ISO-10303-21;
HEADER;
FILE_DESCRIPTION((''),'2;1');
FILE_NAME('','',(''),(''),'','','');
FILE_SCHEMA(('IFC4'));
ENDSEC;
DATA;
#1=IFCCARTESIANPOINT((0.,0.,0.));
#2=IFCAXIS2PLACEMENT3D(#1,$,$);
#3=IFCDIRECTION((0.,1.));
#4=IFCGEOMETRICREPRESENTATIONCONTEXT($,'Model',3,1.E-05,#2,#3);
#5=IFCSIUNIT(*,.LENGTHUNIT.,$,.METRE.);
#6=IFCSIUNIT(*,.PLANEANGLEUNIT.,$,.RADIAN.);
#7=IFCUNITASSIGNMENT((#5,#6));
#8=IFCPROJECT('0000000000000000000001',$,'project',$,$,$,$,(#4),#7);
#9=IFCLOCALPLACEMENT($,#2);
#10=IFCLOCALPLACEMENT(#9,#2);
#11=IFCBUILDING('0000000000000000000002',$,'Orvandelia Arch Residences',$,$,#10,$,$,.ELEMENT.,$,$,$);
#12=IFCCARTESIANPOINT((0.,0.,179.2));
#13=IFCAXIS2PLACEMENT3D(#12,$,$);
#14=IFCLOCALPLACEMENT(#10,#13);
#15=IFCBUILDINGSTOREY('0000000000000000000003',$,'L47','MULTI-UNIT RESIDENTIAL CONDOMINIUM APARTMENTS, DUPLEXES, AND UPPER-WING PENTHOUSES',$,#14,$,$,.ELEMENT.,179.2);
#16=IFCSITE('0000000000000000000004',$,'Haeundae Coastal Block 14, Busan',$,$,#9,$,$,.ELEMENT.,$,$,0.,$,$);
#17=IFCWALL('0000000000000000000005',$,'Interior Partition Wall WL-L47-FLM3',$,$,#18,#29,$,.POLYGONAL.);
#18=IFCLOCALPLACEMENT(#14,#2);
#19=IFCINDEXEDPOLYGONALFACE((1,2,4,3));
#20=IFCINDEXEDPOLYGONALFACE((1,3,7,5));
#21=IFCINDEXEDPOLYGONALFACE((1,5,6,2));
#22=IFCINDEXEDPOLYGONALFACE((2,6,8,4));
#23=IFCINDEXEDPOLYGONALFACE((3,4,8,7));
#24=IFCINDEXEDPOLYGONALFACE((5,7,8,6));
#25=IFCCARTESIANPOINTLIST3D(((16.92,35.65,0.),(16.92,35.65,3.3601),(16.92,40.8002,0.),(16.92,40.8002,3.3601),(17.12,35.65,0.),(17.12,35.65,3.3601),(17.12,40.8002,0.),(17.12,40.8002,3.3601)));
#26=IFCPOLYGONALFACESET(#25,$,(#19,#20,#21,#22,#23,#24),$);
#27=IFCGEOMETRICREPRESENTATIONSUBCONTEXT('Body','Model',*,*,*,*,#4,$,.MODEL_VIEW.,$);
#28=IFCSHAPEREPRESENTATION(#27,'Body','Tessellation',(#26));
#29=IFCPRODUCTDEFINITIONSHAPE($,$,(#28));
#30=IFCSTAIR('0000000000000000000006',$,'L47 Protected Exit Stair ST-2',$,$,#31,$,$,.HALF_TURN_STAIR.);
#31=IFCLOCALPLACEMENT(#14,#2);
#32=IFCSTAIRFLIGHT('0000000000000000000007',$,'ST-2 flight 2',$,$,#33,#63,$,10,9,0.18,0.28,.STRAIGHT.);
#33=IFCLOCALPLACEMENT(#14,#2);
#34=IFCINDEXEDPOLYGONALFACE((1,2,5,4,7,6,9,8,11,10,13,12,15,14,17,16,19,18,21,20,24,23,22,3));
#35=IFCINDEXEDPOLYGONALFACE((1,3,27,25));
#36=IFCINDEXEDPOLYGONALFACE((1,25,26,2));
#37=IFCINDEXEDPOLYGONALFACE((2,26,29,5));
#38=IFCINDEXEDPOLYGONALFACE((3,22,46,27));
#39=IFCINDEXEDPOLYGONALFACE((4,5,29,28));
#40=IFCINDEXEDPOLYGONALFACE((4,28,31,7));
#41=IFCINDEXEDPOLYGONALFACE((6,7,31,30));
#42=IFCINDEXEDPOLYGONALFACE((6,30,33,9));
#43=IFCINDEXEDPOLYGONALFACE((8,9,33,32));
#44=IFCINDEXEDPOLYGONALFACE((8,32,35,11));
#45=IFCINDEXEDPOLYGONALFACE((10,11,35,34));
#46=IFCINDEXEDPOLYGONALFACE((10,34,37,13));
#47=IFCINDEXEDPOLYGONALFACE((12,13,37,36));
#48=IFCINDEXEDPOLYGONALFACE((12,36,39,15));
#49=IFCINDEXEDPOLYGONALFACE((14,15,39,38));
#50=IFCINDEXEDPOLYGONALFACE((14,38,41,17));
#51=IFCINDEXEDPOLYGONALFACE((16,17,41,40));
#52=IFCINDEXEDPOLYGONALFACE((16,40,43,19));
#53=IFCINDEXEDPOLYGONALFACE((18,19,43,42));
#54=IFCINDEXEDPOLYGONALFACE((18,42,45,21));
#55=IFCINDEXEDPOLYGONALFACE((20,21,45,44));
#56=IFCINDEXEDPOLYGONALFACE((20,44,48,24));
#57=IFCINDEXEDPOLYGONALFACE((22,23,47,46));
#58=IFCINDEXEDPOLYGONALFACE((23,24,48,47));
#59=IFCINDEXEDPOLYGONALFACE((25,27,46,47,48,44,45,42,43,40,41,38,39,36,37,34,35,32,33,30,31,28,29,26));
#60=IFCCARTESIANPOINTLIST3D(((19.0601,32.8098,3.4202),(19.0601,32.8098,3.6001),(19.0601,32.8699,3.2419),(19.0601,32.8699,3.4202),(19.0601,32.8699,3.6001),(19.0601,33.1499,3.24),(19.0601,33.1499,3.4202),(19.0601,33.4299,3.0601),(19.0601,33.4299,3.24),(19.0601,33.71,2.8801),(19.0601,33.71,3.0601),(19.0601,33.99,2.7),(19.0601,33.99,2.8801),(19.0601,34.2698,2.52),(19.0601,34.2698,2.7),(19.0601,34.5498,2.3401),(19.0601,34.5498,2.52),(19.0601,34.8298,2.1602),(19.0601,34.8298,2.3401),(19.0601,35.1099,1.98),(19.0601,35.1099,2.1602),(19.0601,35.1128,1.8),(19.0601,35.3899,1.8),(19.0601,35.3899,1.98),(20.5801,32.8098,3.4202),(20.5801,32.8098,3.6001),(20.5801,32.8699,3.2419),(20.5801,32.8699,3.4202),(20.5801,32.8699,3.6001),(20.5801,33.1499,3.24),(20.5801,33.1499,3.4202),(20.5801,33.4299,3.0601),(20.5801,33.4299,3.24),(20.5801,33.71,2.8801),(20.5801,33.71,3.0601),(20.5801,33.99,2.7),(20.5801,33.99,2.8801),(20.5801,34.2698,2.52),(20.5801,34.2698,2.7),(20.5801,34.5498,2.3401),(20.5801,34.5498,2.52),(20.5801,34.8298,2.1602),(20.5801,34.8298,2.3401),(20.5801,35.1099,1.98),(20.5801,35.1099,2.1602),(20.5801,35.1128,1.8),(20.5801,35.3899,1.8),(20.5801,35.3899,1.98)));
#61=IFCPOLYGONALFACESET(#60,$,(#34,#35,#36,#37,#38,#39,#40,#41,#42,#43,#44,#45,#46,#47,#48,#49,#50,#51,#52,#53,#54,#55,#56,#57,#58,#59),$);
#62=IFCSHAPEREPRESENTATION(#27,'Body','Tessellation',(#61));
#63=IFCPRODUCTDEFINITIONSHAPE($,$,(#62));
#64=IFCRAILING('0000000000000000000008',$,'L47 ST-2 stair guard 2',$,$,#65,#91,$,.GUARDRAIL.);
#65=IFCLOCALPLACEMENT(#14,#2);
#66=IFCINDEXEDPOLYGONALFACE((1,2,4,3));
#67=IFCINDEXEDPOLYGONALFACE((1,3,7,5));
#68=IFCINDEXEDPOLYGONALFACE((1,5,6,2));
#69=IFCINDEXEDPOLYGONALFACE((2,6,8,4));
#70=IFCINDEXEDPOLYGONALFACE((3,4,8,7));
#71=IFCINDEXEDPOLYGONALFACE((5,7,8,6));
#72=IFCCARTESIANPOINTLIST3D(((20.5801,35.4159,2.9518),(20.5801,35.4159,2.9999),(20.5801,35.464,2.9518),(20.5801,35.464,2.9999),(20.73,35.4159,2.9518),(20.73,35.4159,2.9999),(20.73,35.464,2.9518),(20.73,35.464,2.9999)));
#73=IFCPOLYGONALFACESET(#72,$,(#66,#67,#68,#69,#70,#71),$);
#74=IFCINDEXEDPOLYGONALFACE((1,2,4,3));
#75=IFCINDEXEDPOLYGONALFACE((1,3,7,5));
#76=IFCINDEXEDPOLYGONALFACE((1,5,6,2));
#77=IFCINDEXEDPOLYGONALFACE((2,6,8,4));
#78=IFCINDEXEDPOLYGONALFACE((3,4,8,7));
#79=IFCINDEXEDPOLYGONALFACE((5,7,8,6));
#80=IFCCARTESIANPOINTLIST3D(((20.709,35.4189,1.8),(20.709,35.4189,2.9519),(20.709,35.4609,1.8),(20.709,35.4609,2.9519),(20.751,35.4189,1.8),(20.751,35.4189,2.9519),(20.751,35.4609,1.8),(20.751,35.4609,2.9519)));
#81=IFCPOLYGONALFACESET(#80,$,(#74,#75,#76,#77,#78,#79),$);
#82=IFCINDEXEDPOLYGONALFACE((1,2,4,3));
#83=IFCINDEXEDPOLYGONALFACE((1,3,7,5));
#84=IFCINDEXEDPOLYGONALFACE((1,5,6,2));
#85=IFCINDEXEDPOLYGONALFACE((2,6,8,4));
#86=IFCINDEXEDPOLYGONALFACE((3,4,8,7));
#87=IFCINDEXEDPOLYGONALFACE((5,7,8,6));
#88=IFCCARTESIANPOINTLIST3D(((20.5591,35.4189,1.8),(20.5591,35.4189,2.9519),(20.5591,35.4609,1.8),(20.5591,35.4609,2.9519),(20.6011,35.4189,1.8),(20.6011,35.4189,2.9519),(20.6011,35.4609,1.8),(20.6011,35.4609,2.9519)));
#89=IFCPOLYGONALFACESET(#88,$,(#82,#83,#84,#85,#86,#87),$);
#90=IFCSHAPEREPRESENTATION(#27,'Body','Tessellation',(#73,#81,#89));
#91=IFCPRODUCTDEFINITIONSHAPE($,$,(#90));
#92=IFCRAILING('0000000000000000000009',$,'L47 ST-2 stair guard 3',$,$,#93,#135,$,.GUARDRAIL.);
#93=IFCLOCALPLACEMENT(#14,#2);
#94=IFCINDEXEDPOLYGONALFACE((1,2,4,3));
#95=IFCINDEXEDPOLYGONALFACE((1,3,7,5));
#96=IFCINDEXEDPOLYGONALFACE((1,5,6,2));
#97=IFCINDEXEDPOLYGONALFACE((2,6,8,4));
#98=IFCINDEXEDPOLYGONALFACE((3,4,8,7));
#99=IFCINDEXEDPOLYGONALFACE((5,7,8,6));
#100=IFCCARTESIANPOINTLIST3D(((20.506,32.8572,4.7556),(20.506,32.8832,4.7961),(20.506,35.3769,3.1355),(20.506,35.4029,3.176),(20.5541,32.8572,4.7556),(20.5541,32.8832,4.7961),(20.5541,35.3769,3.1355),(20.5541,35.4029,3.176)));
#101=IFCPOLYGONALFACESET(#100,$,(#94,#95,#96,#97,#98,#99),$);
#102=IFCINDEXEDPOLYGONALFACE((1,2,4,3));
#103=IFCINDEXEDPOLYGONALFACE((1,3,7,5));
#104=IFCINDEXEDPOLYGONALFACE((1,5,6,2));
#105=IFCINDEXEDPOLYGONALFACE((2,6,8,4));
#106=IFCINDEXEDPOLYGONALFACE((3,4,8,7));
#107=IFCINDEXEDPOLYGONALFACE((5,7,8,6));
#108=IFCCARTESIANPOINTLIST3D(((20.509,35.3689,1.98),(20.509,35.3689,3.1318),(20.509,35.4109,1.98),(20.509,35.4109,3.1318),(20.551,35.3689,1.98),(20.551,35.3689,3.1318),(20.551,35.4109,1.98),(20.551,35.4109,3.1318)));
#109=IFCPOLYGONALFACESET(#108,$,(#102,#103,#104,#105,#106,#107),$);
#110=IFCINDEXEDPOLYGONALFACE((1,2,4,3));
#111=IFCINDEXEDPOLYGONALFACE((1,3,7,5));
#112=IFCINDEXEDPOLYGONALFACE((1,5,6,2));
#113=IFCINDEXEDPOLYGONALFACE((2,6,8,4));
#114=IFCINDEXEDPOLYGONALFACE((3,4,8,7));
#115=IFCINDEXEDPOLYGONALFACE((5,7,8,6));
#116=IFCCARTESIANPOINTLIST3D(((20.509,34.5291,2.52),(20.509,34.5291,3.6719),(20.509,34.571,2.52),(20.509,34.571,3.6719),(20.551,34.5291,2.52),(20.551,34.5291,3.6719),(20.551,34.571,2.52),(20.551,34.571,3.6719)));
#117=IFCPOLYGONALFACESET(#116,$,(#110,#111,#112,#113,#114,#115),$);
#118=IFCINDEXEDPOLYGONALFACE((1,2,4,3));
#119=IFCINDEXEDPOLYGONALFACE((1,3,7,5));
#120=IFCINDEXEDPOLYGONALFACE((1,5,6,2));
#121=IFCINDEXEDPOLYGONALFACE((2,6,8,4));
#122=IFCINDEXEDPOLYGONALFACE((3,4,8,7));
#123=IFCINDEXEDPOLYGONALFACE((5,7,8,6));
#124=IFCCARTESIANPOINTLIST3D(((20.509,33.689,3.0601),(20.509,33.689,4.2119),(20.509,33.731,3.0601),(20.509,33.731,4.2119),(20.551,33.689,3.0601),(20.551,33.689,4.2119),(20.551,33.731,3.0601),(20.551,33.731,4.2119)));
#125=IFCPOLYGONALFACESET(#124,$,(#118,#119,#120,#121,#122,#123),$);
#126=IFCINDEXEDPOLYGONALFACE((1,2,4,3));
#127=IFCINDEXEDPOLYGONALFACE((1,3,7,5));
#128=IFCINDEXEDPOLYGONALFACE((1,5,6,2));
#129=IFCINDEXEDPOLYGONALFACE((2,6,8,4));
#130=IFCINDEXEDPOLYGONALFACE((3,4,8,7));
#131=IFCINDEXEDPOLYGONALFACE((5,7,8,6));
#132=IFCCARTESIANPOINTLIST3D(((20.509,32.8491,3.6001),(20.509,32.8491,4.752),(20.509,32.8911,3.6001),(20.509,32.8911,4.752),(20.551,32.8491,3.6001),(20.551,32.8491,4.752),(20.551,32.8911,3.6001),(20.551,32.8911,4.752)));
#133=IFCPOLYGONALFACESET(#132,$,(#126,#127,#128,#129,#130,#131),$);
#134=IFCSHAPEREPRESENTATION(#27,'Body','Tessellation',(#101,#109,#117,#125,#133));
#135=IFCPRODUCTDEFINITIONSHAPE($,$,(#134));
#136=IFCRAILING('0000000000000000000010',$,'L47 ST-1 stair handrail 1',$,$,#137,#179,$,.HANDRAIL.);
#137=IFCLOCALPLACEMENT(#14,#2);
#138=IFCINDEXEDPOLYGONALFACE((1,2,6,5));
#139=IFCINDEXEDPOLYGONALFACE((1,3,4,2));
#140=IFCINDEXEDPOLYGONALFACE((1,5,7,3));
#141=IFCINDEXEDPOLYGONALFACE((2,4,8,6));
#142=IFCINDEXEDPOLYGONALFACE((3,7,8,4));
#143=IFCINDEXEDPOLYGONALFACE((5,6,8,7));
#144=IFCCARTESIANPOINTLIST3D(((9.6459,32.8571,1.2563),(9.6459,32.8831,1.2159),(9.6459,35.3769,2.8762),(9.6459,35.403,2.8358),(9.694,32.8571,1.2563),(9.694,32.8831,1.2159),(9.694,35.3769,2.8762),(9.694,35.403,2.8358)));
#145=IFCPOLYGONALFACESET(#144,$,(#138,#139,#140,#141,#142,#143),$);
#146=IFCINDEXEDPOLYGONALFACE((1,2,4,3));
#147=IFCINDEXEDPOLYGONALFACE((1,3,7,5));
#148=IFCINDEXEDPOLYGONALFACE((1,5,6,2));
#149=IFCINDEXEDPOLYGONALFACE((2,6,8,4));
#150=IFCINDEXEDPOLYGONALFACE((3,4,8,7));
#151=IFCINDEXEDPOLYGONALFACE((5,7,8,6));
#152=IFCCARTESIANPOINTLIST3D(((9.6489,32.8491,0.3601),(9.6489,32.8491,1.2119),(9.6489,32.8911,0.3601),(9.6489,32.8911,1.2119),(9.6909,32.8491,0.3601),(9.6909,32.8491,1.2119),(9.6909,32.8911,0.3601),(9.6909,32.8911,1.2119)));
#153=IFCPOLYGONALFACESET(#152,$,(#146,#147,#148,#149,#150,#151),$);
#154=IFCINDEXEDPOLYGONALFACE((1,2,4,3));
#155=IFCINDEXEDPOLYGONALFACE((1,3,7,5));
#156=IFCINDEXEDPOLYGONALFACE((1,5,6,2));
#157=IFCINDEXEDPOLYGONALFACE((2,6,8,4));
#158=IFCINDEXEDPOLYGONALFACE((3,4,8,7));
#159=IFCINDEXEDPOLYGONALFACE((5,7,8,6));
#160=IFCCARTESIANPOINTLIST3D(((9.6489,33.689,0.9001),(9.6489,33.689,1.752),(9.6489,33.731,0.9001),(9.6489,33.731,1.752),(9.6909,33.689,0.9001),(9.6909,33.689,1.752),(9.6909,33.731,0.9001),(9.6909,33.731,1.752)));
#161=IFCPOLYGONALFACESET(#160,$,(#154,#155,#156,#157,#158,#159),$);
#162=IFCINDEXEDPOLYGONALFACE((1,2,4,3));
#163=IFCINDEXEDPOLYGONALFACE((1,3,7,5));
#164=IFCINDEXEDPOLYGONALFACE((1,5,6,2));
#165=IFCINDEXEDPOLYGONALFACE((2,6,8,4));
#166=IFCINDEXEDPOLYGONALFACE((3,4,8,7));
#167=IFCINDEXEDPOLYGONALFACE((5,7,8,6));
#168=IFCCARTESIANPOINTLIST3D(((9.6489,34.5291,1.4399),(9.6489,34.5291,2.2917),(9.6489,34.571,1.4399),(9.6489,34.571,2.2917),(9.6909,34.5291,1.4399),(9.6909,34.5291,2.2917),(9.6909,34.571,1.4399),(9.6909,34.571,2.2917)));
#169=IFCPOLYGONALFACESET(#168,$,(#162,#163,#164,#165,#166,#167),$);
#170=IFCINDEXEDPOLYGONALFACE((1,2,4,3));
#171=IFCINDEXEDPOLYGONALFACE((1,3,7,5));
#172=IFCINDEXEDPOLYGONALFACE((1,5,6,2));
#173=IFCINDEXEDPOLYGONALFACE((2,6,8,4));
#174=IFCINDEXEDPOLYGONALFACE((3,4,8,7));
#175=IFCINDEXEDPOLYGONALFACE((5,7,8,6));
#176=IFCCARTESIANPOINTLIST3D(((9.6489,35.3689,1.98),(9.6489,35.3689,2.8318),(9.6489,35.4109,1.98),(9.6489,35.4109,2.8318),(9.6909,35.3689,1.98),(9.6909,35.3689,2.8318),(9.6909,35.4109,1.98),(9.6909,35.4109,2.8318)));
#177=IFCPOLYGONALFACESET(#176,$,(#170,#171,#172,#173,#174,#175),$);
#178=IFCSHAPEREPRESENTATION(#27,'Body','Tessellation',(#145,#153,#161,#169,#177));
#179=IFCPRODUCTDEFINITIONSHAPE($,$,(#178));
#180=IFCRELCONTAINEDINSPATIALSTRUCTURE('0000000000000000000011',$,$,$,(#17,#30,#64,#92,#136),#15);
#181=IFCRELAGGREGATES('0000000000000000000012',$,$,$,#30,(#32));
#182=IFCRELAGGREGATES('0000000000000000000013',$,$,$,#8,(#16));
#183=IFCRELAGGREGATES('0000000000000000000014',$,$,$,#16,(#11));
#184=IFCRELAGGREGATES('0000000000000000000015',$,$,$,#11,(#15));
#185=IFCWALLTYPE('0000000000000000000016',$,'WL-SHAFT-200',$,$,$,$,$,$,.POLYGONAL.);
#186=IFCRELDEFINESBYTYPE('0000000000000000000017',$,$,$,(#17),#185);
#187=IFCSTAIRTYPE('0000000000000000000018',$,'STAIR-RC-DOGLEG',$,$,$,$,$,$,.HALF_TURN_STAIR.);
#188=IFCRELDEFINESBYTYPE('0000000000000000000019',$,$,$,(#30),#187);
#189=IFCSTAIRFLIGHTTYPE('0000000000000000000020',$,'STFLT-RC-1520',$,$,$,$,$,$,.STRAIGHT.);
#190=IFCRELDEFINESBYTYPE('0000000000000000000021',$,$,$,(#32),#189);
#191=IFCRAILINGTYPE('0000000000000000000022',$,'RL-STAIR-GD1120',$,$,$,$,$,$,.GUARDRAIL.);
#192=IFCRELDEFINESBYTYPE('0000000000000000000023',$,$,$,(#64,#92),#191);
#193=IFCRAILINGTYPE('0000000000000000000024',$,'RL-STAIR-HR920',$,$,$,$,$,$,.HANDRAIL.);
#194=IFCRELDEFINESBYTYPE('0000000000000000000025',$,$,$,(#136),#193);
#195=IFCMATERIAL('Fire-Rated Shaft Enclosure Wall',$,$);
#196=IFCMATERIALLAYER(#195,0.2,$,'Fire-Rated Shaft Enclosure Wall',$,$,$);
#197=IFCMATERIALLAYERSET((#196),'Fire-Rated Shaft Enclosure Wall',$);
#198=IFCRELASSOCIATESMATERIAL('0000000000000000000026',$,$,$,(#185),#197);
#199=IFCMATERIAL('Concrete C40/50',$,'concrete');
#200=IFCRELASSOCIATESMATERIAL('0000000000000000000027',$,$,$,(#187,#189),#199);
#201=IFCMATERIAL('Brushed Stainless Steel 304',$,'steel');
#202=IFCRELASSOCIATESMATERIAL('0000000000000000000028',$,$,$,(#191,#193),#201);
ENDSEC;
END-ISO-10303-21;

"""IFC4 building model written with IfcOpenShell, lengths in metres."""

from ifc_helpers import new_model, si_unit, direction, frame, frame_2d, origin, origin_2d, place, context, subcontext, project, spatial, polyline, rectangle, outline, extrude, material, layer, layer_set, type_object, element, aggregate, save


model = new_model("IFC4")

# Units and contexts
model_context = context("Model", 3, precision=1e-05, world=origin(), true_north=direction((0.0, 1.0)))
body_context = subcontext(model_context, "Body", "Model", "MODEL_VIEW")
ifc_project = project(units=[si_unit("LENGTHUNIT", "METRE"), si_unit("PLANEANGLEUNIT", "RADIAN")], contexts=[model_context])

# Site, building, storey
site_placement = place(None, origin())
site = spatial("IfcSite", under=ifc_project, at=site_placement, Name="Haeundae Coastal Block 14, Busan", CompositionType="ELEMENT", RefElevation=0.0)
building_placement = place(site_placement, origin())
building = spatial("IfcBuilding", under=site, at=building_placement, Name="Orvandelia Arch Residences", CompositionType="ELEMENT")
storey_placement = place(building_placement, frame((0.0, 0.0, 179.2)))
storey = spatial("IfcBuildingStorey", under=building, at=storey_placement, Name="L47", Description="MULTI-UNIT RESIDENTIAL CONDOMINIUM APARTMENTS, DUPLEXES, AND UPPER-WING PENTHOUSES", CompositionType="ELEMENT", Elevation=179.2)

# Wall
ifc_material_1 = material(Name="Fire-Rated Shaft Enclosure Wall")
ifc_layer_1 = layer(ifc_material_1, 0.2, Name="Fire-Rated Shaft Enclosure Wall")
ifc_layer_set_1 = layer_set([ifc_layer_1], Name="Fire-Rated Shaft Enclosure Wall")
wall_type_1 = type_object("IfcWallType", Name="WL-SHAFT-200", PredefinedType="POLYGONAL", material=ifc_layer_set_1)
wall_1_placement = place(storey_placement, frame((17.02, 35.6499, 0.0), z_axis=(0.0, 0.0, 1.0), x_axis=(0.0, 1.0, 0.0)))
element("IfcWall", 1, at=wall_1_placement, inside=storey, type_object=wall_type_1, Name="Interior Partition Wall WL-L47-FLM3", PredefinedType="POLYGONAL", context=body_context, shape_type="SweptSolid", body=[
    extrude(rectangle(XDim=5.1501, YDim=0.2, at=frame_2d((2.5752, 0.0))), origin(), (0.0, 0.0, 1.0), 3.3601),
])

# Stair, stair flight
ifc_material_2 = material(Name="Concrete C40/50", Category="concrete")
stair_type = type_object("IfcStairType", Name="STAIR-RC-DOGLEG", PredefinedType="HALF_TURN_STAIR", material=ifc_material_2)
stair_placement = place(storey_placement, origin())
stair = element("IfcStair", 2, at=stair_placement, inside=storey, type_object=stair_type, Name="L47 Protected Exit Stair ST-2", PredefinedType="HALF_TURN_STAIR")
stair_flight_type = type_object("IfcStairFlightType", Name="STFLT-RC-1520", PredefinedType="STRAIGHT", material=ifc_material_2)
stair_flight_placement = place(storey_placement, frame((19.8201, 35.3899, 1.8), z_axis=(0.0, 0.0, 1.0), x_axis=(0.0, -1.0, 0.0)))
stair_flight = element("IfcStairFlight", 3, at=stair_flight_placement, type_object=stair_flight_type, Name="ST-2 flight 2", NumberOfRisers=10, NumberOfTreads=9, PredefinedType="STRAIGHT", RiserHeight=0.18, TreadLength=0.28, context=body_context, shape_type="SweptSolid", body=[
    extrude(outline(polyline([(0.0, 0.0), (0.0, 0.1799), (0.28, 0.1799), (0.28, 0.3601), (0.5601, 0.3601), (0.5601, 0.54), (0.8401, 0.54), (0.8401, 0.72), (1.1201, 0.72), (1.1201, 0.8999), (1.3999, 0.8999), (1.3999, 1.0801), (1.6799, 1.0801), (1.6799, 1.26), (1.96, 1.26), (1.96, 1.4399), (2.24, 1.4399), (2.24, 1.6201), (2.52, 1.6201), (2.52, 1.8), (2.5801, 1.8), (2.5801, 1.6201), (2.52, 1.4419), (0.2771, 0.0), (0.0, 0.0)])), frame((0.0, 0.76, 0.0), z_axis=(0.0, -1.0, 0.0), x_axis=(1.0, 0.0, 0.0)), (0.0, 0.0, 1.0), 1.52),
])
aggregate(stair, [stair_flight])

# Railings
ifc_material_3 = material(Name="Brushed Stainless Steel 304", Category="steel")
railing_type_1 = type_object("IfcRailingType", Name="RL-STAIR-GD1120", PredefinedType="GUARDRAIL", material=ifc_material_3)
railing_1_placement = place(storey_placement, frame((20.73, 35.4399, 1.8)))
element("IfcRailing", 4, at=railing_1_placement, inside=storey, type_object=railing_type_1, Name="L47 ST-2 stair guard 2", PredefinedType="GUARDRAIL", context=body_context, shape_type="SweptSolid", body=[
    extrude(rectangle(XDim=0.0481, YDim=0.0481, at=origin_2d()), frame((0.0, 0.0, 1.1758), z_axis=(-1.0, 0.0, 0.0), x_axis=(0.0, -1.0, 0.0)), (0.0, 0.0, 1.0), 0.1499),
    extrude(rectangle(XDim=0.042, YDim=0.042, at=origin_2d()), origin(), (0.0, 0.0, 1.0), 1.1519),
    extrude(rectangle(XDim=0.042, YDim=0.042, at=origin_2d()), frame((-0.1499, 0.0, 0.0)), (0.0, 0.0, 1.0), 1.1519),
])
railing_2_placement = place(storey_placement, frame((20.53, 35.3899, 1.98)))
element("IfcRailing", 5, at=railing_2_placement, inside=storey, type_object=railing_type_1, Name="L47 ST-2 stair guard 3", PredefinedType="GUARDRAIL", context=body_context, shape_type="SweptSolid", body=[
    extrude(rectangle(XDim=0.0481, YDim=0.0481, at=origin_2d()), frame((0.0, 0.0, 1.1758), z_axis=(0.0, -0.841139, 0.540819), x_axis=(1.0, 0.0, 0.0)), (0.0, 0.0, 1.0), 2.9956),
    extrude(rectangle(XDim=0.042, YDim=0.042, at=origin_2d()), origin(), (0.0, 0.0, 1.0), 1.1519),
    extrude(rectangle(XDim=0.042, YDim=0.042, at=origin_2d()), frame((0.0, -0.8398, 0.54)), (0.0, 0.0, 1.0), 1.1519),
    extrude(rectangle(XDim=0.042, YDim=0.042, at=origin_2d()), frame((0.0, -1.6799, 1.0801)), (0.0, 0.0, 1.0), 1.1519),
    extrude(rectangle(XDim=0.042, YDim=0.042, at=origin_2d()), frame((0.0, -2.5198, 1.6201)), (0.0, 0.0, 1.0), 1.1519),
])
railing_type_2 = type_object("IfcRailingType", Name="RL-STAIR-HR920", PredefinedType="HANDRAIL", material=ifc_material_3)
railing_3_placement = place(storey_placement, frame((9.6699, 32.8701, 0.3601)))
element("IfcRailing", 6, at=railing_3_placement, inside=storey, type_object=railing_type_2, Name="L47 ST-1 stair handrail 1", PredefinedType="HANDRAIL", context=body_context, shape_type="SweptSolid", body=[
    extrude(rectangle(XDim=0.0481, YDim=0.0481, at=origin_2d()), frame((0.0, 0.0, 0.876), z_axis=(0.0, 0.841176, 0.540762), x_axis=(-1.0, 0.0, 0.0)), (0.0, 0.0, 1.0), 2.9956),
    extrude(rectangle(XDim=0.042, YDim=0.042, at=origin_2d()), origin(), (0.0, 0.0, 1.0), 0.8518),
    extrude(rectangle(XDim=0.042, YDim=0.042, at=origin_2d()), frame((0.0, 0.8398, 0.54)), (0.0, 0.0, 1.0), 0.8518),
    extrude(rectangle(XDim=0.042, YDim=0.042, at=origin_2d()), frame((0.0, 1.6799, 1.0798)), (0.0, 0.0, 1.0), 0.8518),
    extrude(rectangle(XDim=0.042, YDim=0.042, at=origin_2d()), frame((0.0, 2.5198, 1.6199)), (0.0, 0.0, 1.0), 0.8518),
])

save(model, "model.ifc")
